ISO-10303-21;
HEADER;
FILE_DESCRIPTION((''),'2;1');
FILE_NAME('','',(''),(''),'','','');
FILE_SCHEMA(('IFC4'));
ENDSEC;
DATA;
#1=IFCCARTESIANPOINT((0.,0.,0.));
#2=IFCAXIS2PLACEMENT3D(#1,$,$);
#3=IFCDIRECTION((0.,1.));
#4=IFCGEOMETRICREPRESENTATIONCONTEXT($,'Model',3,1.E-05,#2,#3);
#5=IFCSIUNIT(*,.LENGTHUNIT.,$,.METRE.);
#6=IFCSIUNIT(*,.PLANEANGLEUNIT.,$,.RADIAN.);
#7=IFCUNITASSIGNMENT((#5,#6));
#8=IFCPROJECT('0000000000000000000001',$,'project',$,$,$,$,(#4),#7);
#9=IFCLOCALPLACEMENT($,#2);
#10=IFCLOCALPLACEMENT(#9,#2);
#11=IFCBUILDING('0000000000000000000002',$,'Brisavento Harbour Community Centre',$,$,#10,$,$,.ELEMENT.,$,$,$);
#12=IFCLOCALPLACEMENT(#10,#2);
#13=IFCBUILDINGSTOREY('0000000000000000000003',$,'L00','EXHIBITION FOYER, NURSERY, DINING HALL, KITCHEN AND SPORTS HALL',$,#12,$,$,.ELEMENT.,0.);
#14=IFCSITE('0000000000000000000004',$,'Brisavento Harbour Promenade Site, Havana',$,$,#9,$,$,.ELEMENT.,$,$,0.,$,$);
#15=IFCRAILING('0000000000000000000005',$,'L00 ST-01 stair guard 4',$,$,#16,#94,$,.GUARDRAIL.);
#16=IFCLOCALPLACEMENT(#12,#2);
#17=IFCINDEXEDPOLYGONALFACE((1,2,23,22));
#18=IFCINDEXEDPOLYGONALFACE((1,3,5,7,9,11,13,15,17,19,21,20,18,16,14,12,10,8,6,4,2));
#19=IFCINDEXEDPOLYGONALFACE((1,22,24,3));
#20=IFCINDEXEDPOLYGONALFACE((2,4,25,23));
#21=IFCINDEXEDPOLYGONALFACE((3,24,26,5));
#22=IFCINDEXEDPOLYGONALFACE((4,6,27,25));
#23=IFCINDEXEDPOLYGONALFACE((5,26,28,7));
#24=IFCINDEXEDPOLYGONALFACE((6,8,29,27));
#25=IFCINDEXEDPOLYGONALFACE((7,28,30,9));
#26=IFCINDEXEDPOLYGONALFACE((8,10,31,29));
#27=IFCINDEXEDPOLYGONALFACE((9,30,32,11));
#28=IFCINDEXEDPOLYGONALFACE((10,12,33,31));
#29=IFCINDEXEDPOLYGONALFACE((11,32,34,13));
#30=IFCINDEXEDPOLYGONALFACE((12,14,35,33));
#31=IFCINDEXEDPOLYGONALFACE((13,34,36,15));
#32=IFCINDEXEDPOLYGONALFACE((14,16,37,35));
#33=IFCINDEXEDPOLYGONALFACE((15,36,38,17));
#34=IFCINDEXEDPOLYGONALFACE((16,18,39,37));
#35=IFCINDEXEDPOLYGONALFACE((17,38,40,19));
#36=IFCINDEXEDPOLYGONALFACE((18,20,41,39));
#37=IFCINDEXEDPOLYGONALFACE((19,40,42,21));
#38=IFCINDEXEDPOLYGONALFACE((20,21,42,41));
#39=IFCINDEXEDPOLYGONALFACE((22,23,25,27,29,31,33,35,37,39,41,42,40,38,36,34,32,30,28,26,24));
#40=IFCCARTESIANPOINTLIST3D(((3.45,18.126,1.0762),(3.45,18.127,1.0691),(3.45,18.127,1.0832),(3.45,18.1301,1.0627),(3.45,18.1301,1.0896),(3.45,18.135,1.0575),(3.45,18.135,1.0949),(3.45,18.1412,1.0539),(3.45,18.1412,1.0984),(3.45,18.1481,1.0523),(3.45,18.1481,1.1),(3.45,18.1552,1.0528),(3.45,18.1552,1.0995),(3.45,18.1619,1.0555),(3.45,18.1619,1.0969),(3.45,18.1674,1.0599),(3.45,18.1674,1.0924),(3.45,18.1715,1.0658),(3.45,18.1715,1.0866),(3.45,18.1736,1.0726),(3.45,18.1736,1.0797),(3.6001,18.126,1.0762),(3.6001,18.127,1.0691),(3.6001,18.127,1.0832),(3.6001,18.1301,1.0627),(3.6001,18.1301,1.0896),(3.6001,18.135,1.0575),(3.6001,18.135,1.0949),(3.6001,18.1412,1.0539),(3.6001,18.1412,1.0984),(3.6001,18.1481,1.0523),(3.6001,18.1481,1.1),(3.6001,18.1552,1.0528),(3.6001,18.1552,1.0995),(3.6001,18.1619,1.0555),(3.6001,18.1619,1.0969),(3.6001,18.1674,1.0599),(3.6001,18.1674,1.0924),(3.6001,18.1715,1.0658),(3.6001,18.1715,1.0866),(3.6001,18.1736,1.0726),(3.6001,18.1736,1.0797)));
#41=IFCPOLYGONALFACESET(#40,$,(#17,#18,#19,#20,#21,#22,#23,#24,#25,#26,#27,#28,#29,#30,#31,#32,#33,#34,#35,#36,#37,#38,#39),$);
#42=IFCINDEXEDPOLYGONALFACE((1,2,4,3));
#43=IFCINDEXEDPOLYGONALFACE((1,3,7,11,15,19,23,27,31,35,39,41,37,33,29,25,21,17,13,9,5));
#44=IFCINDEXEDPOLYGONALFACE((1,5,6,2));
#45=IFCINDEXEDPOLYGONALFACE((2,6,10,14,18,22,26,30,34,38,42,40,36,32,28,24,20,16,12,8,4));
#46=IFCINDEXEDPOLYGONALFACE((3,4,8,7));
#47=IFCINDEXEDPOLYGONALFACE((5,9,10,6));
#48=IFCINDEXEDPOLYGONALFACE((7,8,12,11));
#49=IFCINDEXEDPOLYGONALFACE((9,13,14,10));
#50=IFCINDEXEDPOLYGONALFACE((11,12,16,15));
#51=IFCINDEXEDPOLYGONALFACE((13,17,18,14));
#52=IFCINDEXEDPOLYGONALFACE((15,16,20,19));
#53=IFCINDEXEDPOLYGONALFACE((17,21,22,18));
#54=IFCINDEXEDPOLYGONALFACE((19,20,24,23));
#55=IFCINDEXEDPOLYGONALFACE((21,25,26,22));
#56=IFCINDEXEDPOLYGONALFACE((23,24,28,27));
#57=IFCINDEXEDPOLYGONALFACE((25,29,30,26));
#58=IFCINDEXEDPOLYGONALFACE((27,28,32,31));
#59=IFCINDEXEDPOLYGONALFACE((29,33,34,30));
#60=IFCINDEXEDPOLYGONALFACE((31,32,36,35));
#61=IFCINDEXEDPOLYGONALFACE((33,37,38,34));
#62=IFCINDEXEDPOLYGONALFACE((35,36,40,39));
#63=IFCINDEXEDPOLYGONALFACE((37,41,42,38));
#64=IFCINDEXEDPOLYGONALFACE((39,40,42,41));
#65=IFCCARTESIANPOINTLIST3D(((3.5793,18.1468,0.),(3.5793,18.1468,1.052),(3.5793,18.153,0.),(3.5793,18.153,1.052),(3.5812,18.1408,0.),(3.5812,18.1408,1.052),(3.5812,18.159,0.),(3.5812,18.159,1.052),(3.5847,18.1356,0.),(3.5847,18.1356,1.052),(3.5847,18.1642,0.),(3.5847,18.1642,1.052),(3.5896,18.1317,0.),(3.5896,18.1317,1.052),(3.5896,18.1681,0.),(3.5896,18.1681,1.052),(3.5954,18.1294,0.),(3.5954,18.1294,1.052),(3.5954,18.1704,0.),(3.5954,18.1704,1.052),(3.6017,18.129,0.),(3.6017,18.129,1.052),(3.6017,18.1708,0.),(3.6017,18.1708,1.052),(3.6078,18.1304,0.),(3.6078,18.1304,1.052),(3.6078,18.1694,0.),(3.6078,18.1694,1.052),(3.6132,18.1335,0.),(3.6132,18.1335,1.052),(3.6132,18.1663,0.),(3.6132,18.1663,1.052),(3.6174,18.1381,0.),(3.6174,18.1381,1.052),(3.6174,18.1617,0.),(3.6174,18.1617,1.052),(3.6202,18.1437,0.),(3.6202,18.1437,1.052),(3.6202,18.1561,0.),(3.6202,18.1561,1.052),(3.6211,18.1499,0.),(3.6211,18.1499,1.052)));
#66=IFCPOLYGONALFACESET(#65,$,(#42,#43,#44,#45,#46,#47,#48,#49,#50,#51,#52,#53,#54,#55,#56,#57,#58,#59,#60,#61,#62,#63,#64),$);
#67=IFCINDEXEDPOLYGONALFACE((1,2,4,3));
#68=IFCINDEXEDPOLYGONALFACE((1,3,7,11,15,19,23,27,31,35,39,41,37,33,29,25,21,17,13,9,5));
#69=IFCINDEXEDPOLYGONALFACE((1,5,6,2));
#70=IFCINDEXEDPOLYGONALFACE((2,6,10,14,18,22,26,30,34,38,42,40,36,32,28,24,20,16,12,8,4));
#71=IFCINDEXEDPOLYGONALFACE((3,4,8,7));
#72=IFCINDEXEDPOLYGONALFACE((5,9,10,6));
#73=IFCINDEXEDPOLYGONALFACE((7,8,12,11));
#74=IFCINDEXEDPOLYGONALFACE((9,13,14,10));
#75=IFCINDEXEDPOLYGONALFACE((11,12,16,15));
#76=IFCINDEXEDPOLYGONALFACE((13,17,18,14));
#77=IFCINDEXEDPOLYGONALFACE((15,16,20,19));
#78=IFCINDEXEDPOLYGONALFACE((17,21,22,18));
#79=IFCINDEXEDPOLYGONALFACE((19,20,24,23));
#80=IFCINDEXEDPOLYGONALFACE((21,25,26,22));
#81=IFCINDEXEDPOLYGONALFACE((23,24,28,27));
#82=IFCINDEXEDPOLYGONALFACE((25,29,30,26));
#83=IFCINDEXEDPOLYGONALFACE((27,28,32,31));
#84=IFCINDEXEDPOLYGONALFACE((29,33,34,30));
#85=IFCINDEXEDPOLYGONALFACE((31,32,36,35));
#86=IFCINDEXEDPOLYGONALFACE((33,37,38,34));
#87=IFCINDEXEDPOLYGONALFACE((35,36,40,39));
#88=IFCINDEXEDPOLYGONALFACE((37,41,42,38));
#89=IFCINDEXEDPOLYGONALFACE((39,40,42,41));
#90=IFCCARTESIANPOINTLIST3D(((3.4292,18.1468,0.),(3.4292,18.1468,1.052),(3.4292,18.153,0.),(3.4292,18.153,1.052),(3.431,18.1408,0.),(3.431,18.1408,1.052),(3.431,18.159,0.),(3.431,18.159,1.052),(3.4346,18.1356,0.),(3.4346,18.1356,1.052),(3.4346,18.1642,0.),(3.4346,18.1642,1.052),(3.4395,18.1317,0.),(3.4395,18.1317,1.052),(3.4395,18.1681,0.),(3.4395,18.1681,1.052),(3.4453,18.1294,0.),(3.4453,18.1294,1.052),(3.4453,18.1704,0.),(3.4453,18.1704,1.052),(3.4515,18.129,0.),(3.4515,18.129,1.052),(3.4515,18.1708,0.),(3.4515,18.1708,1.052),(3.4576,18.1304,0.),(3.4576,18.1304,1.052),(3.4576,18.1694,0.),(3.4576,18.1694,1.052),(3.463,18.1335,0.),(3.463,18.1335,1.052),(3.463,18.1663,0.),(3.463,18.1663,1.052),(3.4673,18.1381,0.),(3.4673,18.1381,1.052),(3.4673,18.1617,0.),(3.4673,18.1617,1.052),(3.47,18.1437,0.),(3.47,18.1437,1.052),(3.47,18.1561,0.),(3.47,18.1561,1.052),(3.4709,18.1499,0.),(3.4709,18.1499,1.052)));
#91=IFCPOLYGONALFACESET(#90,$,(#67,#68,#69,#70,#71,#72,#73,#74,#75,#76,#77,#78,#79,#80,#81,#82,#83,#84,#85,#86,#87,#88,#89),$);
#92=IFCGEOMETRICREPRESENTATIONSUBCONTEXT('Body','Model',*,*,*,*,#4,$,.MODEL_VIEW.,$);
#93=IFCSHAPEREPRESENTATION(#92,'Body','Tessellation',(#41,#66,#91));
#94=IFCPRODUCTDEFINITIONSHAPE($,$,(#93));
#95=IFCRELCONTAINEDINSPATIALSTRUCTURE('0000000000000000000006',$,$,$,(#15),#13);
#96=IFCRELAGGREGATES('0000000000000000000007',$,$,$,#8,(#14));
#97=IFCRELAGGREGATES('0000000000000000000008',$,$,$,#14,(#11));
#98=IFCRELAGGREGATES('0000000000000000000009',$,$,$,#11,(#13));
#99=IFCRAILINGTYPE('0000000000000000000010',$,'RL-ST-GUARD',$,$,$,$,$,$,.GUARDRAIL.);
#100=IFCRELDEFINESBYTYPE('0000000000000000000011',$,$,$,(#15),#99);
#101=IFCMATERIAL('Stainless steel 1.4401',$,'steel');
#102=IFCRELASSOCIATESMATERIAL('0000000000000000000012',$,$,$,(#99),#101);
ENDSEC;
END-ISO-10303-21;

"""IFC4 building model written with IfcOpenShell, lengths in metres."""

from ifc_helpers import new_model, si_unit, direction, frame, origin, origin_2d, place, context, subcontext, project, spatial, circle, extrude, material, type_object, element, save


model = new_model("IFC4")

# Units and contexts
model_context = context("Model", 3, precision=1e-05, world=origin(), true_north=direction((0.0, 1.0)))
body_context = subcontext(model_context, "Body", "Model", "MODEL_VIEW")
ifc_project = project(units=[si_unit("LENGTHUNIT", "METRE"), si_unit("PLANEANGLEUNIT", "RADIAN")], contexts=[model_context])

# Site, building, storey
site_placement = place(None, origin())
site = spatial("IfcSite", under=ifc_project, at=site_placement, Name="Brisavento Harbour Promenade Site, Havana", CompositionType="ELEMENT", RefElevation=0.0)
building_placement = place(site_placement, origin())
building = spatial("IfcBuilding", under=site, at=building_placement, Name="Brisavento Harbour Community Centre", CompositionType="ELEMENT")
storey_placement = place(building_placement, origin())
storey = spatial("IfcBuildingStorey", under=building, at=storey_placement, Name="L00", Description="EXHIBITION FOYER, NURSERY, DINING HALL, KITCHEN AND SPORTS HALL", CompositionType="ELEMENT", Elevation=0.0)

# Railing
ifc_material_1 = material(Name="Stainless steel 1.4401", Category="steel")
railing_type_1 = type_object("IfcRailingType", Name="RL-ST-GUARD", PredefinedType="GUARDRAIL", material=ifc_material_1)
railing_1_placement = place(storey_placement, frame((3.6001, 18.1499, 0.0)))
element("IfcRailing", 1, at=railing_1_placement, inside=storey, type_object=railing_type_1, Name="L00 ST-01 stair guard 4", PredefinedType="GUARDRAIL", context=body_context, shape_type="SweptSolid", body=[
    extrude(circle(Radius=0.0239, at=origin_2d()), frame((0.0, 0.0, 1.0762), z_axis=(-1.0, 0.0, 0.0), x_axis=(0.0, -1.0, 0.0)), (0.0, 0.0, 1.0), 0.1501),
    extrude(circle(Radius=0.021, at=origin_2d()), origin(), (0.0, 0.0, 1.0), 1.052),
    extrude(circle(Radius=0.021, at=origin_2d()), frame((-0.1501, 0.0, 0.0)), (0.0, 0.0, 1.0), 1.052),
])

save(model, "model.ifc")
